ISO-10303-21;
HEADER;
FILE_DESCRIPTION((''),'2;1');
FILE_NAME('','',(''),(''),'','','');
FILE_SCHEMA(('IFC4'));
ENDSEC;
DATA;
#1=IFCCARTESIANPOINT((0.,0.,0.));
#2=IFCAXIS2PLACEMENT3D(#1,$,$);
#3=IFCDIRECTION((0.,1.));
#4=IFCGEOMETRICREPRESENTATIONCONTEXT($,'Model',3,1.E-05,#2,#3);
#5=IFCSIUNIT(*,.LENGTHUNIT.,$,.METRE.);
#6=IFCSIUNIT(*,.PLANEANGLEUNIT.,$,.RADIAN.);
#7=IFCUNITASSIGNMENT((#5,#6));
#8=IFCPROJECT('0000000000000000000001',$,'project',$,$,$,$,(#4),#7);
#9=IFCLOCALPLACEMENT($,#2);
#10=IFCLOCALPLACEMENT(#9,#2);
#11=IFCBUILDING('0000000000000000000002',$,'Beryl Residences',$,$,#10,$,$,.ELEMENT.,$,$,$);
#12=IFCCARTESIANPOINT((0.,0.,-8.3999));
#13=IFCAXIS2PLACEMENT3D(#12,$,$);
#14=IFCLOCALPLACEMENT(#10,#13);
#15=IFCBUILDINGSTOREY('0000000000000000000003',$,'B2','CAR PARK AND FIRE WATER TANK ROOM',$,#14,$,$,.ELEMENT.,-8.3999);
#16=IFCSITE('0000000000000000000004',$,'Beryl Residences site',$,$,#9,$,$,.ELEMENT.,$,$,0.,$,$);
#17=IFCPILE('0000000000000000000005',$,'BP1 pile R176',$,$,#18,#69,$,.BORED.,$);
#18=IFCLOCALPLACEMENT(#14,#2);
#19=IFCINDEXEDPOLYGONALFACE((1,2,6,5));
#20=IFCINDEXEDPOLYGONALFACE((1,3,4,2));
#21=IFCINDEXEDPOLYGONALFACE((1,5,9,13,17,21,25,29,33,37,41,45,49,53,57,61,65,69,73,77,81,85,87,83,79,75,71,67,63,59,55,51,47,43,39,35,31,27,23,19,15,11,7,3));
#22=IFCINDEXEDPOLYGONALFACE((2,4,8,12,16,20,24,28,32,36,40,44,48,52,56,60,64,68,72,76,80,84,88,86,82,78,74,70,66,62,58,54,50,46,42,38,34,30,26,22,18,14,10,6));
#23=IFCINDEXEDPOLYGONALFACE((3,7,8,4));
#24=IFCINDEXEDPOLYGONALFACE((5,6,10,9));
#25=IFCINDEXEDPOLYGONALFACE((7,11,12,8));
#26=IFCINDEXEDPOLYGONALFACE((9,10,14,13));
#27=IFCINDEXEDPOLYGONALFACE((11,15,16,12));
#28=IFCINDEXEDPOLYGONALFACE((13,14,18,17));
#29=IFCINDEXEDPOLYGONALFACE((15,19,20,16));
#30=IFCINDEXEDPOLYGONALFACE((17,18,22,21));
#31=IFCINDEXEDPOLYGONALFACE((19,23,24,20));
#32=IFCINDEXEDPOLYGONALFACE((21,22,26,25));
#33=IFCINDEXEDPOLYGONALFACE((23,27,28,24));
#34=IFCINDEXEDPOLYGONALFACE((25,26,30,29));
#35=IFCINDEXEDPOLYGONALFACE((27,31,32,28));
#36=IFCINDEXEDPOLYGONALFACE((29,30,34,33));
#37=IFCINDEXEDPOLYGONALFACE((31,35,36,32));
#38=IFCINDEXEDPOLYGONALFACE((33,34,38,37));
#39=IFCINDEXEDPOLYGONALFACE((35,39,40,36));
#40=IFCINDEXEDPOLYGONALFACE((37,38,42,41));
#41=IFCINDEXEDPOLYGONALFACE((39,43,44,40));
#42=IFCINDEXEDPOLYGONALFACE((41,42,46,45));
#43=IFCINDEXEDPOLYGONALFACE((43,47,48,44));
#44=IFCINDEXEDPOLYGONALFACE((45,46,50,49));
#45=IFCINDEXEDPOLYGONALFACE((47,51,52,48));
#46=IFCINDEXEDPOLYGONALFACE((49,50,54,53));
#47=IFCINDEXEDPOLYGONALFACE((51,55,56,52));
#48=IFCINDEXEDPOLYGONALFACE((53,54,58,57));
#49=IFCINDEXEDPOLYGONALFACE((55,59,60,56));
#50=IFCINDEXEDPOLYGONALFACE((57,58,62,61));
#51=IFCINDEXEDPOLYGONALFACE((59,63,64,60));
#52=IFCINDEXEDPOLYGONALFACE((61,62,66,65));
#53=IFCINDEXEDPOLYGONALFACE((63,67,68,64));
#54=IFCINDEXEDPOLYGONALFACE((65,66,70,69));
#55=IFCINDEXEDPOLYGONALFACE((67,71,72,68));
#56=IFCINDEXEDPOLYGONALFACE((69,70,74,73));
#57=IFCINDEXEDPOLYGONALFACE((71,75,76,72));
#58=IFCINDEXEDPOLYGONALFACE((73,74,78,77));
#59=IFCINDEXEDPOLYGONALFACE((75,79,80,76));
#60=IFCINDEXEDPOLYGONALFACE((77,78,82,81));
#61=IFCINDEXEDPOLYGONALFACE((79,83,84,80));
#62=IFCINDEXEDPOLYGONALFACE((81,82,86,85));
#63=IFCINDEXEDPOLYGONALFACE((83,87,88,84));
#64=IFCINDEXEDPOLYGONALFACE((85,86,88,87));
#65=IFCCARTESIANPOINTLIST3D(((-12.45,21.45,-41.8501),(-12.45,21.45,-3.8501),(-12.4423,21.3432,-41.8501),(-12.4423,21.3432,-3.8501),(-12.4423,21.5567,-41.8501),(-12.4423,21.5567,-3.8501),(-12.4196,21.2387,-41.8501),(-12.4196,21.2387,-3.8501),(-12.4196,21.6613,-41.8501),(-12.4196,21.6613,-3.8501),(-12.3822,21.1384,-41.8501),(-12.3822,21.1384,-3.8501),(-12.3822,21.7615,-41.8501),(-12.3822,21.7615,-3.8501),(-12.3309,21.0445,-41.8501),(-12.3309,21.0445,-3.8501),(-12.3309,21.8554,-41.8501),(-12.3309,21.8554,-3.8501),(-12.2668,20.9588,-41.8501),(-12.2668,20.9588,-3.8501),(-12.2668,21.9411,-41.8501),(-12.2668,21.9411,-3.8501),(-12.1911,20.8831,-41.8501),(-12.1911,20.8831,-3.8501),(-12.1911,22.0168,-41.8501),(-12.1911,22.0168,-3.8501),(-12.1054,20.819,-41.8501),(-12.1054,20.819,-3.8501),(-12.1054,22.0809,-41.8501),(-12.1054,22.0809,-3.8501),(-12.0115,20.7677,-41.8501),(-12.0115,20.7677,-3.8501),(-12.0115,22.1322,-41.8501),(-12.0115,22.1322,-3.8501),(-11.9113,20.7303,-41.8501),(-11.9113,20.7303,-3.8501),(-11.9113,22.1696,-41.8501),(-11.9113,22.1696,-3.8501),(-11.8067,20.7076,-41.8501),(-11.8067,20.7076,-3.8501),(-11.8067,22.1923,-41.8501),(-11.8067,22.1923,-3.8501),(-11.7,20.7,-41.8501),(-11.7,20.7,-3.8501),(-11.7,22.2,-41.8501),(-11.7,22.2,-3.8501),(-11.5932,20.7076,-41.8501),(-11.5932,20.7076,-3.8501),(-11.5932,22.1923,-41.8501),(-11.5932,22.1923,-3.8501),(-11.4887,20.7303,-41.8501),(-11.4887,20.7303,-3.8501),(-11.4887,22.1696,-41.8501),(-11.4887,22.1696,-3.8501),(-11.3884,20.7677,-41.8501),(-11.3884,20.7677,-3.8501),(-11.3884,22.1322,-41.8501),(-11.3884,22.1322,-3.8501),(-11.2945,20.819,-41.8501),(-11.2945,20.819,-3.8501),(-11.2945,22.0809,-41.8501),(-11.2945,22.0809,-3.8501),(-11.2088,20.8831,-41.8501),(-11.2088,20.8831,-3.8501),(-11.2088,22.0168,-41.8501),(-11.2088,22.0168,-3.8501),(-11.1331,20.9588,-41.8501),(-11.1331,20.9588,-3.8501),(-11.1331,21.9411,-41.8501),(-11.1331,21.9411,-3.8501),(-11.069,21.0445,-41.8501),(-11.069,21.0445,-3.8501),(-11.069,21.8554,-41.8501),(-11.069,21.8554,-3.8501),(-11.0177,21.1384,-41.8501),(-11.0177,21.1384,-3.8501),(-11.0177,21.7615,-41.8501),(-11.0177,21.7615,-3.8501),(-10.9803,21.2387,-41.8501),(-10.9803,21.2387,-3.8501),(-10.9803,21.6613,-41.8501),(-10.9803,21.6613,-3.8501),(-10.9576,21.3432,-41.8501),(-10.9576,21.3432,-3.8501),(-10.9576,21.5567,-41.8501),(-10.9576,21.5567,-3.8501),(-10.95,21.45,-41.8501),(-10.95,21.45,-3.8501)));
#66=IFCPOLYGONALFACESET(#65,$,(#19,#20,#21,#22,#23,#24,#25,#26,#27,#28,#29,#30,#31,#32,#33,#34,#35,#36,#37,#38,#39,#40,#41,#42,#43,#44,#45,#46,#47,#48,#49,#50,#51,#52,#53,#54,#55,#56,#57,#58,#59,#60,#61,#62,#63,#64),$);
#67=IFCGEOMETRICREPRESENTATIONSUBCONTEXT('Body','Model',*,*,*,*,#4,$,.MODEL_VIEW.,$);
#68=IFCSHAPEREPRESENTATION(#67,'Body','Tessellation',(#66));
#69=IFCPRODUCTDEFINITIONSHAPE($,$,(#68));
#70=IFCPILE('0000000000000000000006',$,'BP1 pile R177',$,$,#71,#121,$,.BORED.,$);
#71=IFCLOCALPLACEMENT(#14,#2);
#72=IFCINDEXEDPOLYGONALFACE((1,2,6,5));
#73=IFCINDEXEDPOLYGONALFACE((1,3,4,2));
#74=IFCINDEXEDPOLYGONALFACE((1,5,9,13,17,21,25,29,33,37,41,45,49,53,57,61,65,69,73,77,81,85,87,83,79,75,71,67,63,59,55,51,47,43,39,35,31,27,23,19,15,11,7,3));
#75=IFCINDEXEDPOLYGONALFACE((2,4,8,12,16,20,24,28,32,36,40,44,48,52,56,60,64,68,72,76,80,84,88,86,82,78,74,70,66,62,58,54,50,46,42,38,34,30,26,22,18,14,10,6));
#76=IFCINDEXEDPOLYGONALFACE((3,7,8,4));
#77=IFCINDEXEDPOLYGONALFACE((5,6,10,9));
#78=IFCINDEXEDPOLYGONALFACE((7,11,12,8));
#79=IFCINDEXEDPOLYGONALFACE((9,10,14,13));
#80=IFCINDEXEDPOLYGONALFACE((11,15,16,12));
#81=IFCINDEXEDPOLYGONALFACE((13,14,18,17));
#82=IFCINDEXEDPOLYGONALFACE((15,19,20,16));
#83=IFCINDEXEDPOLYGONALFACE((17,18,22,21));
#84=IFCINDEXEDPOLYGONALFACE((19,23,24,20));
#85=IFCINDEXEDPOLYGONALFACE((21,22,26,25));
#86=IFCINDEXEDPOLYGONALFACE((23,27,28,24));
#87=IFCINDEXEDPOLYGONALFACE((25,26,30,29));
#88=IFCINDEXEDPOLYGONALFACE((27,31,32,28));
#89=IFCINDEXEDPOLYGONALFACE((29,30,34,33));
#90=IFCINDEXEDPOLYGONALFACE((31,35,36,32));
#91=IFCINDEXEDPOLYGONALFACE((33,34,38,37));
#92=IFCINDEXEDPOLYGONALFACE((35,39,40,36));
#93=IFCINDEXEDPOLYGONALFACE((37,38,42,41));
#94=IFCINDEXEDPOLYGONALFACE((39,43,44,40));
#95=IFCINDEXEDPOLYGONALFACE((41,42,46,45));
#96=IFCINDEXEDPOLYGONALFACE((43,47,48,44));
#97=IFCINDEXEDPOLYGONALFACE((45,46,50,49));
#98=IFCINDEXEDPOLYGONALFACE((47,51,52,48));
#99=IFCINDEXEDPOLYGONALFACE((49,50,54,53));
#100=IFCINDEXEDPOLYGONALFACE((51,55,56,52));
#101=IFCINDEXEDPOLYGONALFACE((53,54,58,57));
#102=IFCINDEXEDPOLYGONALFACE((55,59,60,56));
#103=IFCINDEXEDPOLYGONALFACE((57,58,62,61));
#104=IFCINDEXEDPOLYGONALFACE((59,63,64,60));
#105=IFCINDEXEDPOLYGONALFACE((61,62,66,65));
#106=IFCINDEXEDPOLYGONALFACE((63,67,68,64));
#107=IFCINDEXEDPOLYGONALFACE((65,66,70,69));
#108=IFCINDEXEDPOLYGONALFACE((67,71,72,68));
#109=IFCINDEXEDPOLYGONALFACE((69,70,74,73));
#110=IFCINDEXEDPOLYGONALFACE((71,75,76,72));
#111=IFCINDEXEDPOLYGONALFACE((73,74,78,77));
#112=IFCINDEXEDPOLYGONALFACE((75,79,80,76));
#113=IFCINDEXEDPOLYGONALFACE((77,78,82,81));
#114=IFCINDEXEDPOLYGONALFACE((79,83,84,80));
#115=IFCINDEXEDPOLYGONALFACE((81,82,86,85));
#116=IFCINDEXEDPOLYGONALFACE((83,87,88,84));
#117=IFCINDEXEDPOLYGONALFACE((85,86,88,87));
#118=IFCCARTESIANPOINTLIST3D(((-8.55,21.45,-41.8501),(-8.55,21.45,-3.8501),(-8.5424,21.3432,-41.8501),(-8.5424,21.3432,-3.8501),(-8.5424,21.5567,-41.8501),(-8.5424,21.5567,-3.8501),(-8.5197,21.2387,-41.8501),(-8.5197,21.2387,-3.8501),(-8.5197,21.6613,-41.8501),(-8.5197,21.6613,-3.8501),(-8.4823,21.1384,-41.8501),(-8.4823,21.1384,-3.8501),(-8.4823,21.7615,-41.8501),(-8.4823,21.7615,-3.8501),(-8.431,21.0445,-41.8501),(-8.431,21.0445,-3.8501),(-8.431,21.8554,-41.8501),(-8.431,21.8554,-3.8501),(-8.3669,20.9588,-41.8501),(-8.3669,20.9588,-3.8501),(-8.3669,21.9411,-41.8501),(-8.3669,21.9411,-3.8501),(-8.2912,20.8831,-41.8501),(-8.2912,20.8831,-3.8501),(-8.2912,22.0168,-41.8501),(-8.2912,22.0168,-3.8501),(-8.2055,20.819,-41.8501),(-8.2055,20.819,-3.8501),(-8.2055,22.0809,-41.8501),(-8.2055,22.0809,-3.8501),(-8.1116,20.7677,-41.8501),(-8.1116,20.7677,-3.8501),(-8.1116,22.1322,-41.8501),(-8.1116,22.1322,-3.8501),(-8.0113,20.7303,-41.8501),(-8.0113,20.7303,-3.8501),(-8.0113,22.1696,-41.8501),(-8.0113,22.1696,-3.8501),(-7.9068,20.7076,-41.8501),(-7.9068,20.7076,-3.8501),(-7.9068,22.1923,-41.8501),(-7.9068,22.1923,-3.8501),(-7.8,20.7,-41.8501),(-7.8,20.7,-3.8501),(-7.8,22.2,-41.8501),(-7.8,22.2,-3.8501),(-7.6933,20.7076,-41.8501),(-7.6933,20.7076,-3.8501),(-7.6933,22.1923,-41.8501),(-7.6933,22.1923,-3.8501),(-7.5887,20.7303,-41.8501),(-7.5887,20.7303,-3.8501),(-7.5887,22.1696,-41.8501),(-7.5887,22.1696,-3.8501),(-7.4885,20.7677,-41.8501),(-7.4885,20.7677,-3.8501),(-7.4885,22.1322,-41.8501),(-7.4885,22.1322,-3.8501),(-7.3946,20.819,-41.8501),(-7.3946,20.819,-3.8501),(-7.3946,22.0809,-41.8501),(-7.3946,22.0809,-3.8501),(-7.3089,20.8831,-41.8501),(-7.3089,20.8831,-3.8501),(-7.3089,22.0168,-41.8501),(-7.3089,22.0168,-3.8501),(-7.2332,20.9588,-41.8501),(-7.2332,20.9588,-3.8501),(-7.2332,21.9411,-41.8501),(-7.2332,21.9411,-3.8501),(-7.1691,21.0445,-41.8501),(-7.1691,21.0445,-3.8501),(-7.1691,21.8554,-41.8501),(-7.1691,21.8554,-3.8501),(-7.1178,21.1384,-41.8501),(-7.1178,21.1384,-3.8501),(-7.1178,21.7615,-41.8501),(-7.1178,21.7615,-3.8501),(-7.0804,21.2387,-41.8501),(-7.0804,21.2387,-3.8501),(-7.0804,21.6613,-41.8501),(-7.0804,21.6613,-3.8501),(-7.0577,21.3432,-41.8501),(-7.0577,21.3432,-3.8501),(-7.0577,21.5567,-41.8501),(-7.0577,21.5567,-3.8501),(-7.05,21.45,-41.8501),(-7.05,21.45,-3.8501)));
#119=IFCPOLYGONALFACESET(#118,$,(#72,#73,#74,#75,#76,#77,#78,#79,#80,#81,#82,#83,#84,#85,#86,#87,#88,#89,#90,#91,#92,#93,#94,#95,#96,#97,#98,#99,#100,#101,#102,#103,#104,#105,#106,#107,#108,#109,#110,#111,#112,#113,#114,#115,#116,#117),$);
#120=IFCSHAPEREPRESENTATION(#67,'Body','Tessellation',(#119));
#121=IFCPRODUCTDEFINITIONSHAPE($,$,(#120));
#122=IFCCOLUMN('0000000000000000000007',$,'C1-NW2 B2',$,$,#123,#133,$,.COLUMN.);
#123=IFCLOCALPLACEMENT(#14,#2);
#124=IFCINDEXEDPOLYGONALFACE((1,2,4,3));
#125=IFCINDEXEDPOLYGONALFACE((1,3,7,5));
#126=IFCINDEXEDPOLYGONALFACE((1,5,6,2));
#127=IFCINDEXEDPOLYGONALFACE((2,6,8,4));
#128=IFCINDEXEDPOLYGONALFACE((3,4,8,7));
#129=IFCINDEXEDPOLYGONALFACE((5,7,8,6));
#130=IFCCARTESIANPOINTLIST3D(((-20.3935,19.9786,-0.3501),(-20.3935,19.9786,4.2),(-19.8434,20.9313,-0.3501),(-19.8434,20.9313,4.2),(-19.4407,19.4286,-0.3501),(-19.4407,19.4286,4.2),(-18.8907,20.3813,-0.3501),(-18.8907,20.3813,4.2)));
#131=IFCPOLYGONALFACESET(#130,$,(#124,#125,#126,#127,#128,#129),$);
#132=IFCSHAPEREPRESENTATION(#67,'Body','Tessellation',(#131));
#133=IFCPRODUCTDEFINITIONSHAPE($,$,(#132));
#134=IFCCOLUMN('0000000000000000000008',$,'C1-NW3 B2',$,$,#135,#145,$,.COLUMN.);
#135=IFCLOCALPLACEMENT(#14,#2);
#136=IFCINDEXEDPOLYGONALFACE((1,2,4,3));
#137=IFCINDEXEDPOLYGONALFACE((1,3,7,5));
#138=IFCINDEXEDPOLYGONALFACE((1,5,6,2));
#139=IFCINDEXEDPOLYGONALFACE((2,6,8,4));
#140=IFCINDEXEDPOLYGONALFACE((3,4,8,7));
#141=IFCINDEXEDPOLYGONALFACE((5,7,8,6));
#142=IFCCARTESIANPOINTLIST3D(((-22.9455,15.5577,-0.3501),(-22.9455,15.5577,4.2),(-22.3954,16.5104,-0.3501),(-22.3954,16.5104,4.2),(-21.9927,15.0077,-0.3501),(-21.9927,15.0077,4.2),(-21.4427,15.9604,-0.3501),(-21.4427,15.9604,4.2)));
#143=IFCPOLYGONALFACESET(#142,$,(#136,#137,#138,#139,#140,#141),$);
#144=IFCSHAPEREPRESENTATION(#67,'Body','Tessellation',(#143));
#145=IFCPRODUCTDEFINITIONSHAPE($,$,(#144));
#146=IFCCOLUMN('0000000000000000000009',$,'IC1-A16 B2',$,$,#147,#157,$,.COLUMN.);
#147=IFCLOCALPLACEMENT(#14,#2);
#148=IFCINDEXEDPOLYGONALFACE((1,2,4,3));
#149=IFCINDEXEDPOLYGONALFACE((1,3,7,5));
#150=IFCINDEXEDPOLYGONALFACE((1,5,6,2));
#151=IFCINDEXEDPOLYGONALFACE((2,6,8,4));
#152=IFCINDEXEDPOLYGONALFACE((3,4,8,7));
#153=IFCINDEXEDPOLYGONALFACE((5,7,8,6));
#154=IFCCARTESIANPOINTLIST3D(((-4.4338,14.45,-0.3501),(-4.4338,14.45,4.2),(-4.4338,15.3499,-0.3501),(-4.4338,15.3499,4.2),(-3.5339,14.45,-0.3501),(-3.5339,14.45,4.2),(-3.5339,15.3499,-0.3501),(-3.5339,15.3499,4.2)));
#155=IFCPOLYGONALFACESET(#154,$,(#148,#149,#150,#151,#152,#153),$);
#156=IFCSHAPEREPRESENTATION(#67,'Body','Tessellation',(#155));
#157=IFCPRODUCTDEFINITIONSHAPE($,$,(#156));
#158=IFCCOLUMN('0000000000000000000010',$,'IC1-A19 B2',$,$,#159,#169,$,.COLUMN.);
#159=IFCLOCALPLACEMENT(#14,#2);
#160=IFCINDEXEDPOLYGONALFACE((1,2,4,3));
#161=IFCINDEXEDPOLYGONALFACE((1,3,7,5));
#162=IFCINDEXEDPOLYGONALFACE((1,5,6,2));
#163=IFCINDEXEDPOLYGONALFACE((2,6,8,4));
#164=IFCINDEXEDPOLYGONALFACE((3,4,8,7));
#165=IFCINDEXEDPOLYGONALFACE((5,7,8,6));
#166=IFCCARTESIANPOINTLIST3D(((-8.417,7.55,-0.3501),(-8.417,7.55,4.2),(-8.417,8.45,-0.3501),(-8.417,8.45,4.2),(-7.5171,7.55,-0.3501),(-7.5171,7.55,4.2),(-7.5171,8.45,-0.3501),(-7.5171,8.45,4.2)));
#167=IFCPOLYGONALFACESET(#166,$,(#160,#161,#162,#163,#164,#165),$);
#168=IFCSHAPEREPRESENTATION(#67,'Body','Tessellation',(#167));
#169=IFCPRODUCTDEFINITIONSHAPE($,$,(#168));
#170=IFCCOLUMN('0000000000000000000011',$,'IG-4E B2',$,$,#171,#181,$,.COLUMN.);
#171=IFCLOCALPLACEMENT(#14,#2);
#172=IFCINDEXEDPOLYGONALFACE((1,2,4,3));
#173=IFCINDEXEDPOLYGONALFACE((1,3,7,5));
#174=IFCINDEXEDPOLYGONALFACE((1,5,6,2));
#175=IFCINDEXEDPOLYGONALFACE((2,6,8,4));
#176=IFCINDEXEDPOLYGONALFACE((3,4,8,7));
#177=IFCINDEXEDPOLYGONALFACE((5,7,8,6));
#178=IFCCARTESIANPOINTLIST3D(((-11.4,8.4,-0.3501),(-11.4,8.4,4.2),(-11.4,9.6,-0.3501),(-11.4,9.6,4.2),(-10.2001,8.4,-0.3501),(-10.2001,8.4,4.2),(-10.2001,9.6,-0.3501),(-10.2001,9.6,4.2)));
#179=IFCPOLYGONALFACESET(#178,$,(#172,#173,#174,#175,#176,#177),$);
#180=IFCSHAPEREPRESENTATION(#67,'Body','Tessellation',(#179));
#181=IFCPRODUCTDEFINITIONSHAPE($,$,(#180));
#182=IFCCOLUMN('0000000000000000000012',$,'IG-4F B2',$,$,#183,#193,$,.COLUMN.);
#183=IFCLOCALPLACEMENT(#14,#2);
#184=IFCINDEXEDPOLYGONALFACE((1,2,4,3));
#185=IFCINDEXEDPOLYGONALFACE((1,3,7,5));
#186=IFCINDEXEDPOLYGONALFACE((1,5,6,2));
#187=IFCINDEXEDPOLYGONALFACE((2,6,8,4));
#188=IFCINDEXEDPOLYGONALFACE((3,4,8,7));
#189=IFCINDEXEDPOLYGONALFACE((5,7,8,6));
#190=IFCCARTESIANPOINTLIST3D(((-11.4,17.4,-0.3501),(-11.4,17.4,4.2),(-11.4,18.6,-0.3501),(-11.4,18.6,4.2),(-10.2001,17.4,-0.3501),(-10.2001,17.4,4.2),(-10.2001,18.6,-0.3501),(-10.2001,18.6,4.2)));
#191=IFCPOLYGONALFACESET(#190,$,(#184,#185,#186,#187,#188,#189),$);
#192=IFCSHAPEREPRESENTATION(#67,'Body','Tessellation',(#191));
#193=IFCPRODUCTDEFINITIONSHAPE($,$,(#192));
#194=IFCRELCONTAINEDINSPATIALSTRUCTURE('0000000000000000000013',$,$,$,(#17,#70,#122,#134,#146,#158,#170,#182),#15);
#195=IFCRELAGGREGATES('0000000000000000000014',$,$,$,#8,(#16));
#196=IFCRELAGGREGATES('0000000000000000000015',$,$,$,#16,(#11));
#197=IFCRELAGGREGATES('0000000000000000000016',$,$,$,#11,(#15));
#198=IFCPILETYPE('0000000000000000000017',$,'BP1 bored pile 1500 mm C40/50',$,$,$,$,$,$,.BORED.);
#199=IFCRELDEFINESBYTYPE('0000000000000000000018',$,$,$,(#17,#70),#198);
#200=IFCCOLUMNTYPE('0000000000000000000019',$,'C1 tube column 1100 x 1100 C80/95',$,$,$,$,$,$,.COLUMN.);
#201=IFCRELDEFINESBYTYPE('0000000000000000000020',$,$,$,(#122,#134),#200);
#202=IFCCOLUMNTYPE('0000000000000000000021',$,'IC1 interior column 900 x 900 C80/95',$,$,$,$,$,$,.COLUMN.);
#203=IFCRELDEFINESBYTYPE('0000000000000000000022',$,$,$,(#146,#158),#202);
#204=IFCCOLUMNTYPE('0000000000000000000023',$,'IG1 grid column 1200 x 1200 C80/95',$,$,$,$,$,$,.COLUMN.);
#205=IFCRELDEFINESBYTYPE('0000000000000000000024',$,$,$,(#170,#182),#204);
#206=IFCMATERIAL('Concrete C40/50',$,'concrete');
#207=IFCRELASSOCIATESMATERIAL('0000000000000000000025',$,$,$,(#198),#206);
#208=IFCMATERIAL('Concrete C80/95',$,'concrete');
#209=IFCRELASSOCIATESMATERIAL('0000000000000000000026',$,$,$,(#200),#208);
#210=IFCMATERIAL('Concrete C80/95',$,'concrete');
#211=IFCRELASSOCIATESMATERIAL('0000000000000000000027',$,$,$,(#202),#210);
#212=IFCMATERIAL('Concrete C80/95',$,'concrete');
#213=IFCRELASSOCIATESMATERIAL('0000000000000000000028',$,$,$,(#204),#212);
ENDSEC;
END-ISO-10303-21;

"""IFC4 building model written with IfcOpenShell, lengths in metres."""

from ifc_helpers import new_model, si_unit, direction, frame, origin, origin_2d, place, context, subcontext, project, spatial, rectangle, circle, extrude, material, material_profile, profile_set, type_object, element, save


model = new_model("IFC4")

# Units and contexts
model_context = context("Model", 3, precision=1e-05, world=origin(), true_north=direction((0.0, 1.0)))
body_context = subcontext(model_context, "Body", "Model", "MODEL_VIEW")
ifc_project = project(units=[si_unit("LENGTHUNIT", "METRE"), si_unit("PLANEANGLEUNIT", "RADIAN")], contexts=[model_context])

# Site, building, storey
site_placement = place(None, origin())
site = spatial("IfcSite", under=ifc_project, at=site_placement, Name="Beryl Residences site", CompositionType="ELEMENT", RefElevation=0.0)
building_placement = place(site_placement, origin())
building = spatial("IfcBuilding", under=site, at=building_placement, Name="Beryl Residences", CompositionType="ELEMENT")
storey_placement = place(building_placement, frame((0.0, 0.0, -8.3999)))
storey = spatial("IfcBuildingStorey", under=building, at=storey_placement, Name="B2", Description="CAR PARK AND FIRE WATER TANK ROOM", CompositionType="ELEMENT", Elevation=-8.3999)

# Piles
ifc_material_1 = material(Name="Concrete C40/50", Category="concrete")
ifc_material_profile_1 = material_profile(ifc_material_1, circle(Radius=0.75, at=origin_2d()))
ifc_profile_set_1 = profile_set([ifc_material_profile_1], Name="Concrete C40/50")
pile_type = type_object("IfcPileType", Name="BP1 bored pile 1500 mm C40/50", PredefinedType="BORED", material=ifc_profile_set_1)
for number, where, z_axis, x_axis, name in (
    (1, (-11.7, 21.45, -3.8501), (0.0, 0.0, -1.0), (1.0, 0.0, 0.0), "BP1 pile R176"),
    (2, (-7.8, 21.45, -3.8501), (0.0, 0.0, -1.0), (1.0, 0.0, 0.0), "BP1 pile R177"),
):
    element("IfcPile", number, at=place(storey_placement, frame(where, z_axis=z_axis, x_axis=x_axis)), inside=storey, type_object=pile_type, Name=name, PredefinedType="BORED", context=body_context, shape_type="SweptSolid", body=[
        extrude(circle(Radius=0.75, at=origin_2d()), origin(), (0.0, 0.0, 1.0), 38.0),
    ])

# Columns
ifc_material_2 = material(Name="Concrete C80/95", Category="concrete")
ifc_material_profile_2 = material_profile(ifc_material_2, rectangle(XDim=1.1001, YDim=1.1001, at=origin_2d()))
ifc_profile_set_2 = profile_set([ifc_material_profile_2], Name="Concrete C80/95")
column_type_1 = type_object("IfcColumnType", Name="C1 tube column 1100 x 1100 C80/95", PredefinedType="COLUMN", material=ifc_profile_set_2)
for number, where, z_axis, x_axis, name in (
    (3, (-19.6421, 20.1799, -0.3501), (0.0, 0.0, 1.0), (-0.499985, -0.866034, 0.0), "C1-NW2 B2"),
    (4, (-22.1941, 15.759, -0.3501), (0.0, 0.0, 1.0), (-0.499985, -0.866034, 0.0), "C1-NW3 B2"),
):
    element("IfcColumn", number, at=place(storey_placement, frame(where, z_axis=z_axis, x_axis=x_axis)), inside=storey, type_object=column_type_1, Name=name, PredefinedType="COLUMN", context=body_context, shape_type="SweptSolid", body=[
        extrude(rectangle(XDim=1.1001, YDim=1.1001, at=origin_2d()), origin(), (0.0, 0.0, 1.0), 4.55),
    ])
ifc_material_3 = material(Name="Concrete C80/95", Category="concrete")
ifc_material_profile_3 = material_profile(ifc_material_3, rectangle(XDim=0.8999, YDim=0.8999, at=origin_2d()))
ifc_profile_set_3 = profile_set([ifc_material_profile_3], Name="Concrete C80/95")
column_type_2 = type_object("IfcColumnType", Name="IC1 interior column 900 x 900 C80/95", PredefinedType="COLUMN", material=ifc_profile_set_3)
for number, where, z_axis, x_axis, name in (
    (5, (-3.9839, 14.8999, -0.3501), (0.0, 0.0, 1.0), (1.0, 0.0, 0.0), "IC1-A16 B2"),
    (6, (-7.967, 8.0, -0.3501), (0.0, 0.0, 1.0), (1.0, 0.0, 0.0), "IC1-A19 B2"),
):
    element("IfcColumn", number, at=place(storey_placement, frame(where, z_axis=z_axis, x_axis=x_axis)), inside=storey, type_object=column_type_2, Name=name, PredefinedType="COLUMN", context=body_context, shape_type="SweptSolid", body=[
        extrude(rectangle(XDim=0.8999, YDim=0.8999, at=origin_2d()), origin(), (0.0, 0.0, 1.0), 4.55),
    ])
ifc_material_4 = material(Name="Concrete C80/95", Category="concrete")
ifc_material_profile_4 = material_profile(ifc_material_4, rectangle(XDim=1.2, YDim=1.2, at=origin_2d()))
ifc_profile_set_4 = profile_set([ifc_material_profile_4], Name="Concrete C80/95")
column_type_3 = type_object("IfcColumnType", Name="IG1 grid column 1200 x 1200 C80/95", PredefinedType="COLUMN", material=ifc_profile_set_4)
for number, where, z_axis, x_axis, name in (
    (7, (-10.8, 9.0, -0.3501), (0.0, 0.0, 1.0), (1.0, 0.0, 0.0), "IG-4E B2"),
    (8, (-10.8, 18.0, -0.3501), (0.0, 0.0, 1.0), (1.0, 0.0, 0.0), "IG-4F B2"),
):
    element("IfcColumn", number, at=place(storey_placement, frame(where, z_axis=z_axis, x_axis=x_axis)), inside=storey, type_object=column_type_3, Name=name, PredefinedType="COLUMN", context=body_context, shape_type="SweptSolid", body=[
        extrude(rectangle(XDim=1.2, YDim=1.2, at=origin_2d()), origin(), (0.0, 0.0, 1.0), 4.55),
    ])

save(model, "model.ifc")
